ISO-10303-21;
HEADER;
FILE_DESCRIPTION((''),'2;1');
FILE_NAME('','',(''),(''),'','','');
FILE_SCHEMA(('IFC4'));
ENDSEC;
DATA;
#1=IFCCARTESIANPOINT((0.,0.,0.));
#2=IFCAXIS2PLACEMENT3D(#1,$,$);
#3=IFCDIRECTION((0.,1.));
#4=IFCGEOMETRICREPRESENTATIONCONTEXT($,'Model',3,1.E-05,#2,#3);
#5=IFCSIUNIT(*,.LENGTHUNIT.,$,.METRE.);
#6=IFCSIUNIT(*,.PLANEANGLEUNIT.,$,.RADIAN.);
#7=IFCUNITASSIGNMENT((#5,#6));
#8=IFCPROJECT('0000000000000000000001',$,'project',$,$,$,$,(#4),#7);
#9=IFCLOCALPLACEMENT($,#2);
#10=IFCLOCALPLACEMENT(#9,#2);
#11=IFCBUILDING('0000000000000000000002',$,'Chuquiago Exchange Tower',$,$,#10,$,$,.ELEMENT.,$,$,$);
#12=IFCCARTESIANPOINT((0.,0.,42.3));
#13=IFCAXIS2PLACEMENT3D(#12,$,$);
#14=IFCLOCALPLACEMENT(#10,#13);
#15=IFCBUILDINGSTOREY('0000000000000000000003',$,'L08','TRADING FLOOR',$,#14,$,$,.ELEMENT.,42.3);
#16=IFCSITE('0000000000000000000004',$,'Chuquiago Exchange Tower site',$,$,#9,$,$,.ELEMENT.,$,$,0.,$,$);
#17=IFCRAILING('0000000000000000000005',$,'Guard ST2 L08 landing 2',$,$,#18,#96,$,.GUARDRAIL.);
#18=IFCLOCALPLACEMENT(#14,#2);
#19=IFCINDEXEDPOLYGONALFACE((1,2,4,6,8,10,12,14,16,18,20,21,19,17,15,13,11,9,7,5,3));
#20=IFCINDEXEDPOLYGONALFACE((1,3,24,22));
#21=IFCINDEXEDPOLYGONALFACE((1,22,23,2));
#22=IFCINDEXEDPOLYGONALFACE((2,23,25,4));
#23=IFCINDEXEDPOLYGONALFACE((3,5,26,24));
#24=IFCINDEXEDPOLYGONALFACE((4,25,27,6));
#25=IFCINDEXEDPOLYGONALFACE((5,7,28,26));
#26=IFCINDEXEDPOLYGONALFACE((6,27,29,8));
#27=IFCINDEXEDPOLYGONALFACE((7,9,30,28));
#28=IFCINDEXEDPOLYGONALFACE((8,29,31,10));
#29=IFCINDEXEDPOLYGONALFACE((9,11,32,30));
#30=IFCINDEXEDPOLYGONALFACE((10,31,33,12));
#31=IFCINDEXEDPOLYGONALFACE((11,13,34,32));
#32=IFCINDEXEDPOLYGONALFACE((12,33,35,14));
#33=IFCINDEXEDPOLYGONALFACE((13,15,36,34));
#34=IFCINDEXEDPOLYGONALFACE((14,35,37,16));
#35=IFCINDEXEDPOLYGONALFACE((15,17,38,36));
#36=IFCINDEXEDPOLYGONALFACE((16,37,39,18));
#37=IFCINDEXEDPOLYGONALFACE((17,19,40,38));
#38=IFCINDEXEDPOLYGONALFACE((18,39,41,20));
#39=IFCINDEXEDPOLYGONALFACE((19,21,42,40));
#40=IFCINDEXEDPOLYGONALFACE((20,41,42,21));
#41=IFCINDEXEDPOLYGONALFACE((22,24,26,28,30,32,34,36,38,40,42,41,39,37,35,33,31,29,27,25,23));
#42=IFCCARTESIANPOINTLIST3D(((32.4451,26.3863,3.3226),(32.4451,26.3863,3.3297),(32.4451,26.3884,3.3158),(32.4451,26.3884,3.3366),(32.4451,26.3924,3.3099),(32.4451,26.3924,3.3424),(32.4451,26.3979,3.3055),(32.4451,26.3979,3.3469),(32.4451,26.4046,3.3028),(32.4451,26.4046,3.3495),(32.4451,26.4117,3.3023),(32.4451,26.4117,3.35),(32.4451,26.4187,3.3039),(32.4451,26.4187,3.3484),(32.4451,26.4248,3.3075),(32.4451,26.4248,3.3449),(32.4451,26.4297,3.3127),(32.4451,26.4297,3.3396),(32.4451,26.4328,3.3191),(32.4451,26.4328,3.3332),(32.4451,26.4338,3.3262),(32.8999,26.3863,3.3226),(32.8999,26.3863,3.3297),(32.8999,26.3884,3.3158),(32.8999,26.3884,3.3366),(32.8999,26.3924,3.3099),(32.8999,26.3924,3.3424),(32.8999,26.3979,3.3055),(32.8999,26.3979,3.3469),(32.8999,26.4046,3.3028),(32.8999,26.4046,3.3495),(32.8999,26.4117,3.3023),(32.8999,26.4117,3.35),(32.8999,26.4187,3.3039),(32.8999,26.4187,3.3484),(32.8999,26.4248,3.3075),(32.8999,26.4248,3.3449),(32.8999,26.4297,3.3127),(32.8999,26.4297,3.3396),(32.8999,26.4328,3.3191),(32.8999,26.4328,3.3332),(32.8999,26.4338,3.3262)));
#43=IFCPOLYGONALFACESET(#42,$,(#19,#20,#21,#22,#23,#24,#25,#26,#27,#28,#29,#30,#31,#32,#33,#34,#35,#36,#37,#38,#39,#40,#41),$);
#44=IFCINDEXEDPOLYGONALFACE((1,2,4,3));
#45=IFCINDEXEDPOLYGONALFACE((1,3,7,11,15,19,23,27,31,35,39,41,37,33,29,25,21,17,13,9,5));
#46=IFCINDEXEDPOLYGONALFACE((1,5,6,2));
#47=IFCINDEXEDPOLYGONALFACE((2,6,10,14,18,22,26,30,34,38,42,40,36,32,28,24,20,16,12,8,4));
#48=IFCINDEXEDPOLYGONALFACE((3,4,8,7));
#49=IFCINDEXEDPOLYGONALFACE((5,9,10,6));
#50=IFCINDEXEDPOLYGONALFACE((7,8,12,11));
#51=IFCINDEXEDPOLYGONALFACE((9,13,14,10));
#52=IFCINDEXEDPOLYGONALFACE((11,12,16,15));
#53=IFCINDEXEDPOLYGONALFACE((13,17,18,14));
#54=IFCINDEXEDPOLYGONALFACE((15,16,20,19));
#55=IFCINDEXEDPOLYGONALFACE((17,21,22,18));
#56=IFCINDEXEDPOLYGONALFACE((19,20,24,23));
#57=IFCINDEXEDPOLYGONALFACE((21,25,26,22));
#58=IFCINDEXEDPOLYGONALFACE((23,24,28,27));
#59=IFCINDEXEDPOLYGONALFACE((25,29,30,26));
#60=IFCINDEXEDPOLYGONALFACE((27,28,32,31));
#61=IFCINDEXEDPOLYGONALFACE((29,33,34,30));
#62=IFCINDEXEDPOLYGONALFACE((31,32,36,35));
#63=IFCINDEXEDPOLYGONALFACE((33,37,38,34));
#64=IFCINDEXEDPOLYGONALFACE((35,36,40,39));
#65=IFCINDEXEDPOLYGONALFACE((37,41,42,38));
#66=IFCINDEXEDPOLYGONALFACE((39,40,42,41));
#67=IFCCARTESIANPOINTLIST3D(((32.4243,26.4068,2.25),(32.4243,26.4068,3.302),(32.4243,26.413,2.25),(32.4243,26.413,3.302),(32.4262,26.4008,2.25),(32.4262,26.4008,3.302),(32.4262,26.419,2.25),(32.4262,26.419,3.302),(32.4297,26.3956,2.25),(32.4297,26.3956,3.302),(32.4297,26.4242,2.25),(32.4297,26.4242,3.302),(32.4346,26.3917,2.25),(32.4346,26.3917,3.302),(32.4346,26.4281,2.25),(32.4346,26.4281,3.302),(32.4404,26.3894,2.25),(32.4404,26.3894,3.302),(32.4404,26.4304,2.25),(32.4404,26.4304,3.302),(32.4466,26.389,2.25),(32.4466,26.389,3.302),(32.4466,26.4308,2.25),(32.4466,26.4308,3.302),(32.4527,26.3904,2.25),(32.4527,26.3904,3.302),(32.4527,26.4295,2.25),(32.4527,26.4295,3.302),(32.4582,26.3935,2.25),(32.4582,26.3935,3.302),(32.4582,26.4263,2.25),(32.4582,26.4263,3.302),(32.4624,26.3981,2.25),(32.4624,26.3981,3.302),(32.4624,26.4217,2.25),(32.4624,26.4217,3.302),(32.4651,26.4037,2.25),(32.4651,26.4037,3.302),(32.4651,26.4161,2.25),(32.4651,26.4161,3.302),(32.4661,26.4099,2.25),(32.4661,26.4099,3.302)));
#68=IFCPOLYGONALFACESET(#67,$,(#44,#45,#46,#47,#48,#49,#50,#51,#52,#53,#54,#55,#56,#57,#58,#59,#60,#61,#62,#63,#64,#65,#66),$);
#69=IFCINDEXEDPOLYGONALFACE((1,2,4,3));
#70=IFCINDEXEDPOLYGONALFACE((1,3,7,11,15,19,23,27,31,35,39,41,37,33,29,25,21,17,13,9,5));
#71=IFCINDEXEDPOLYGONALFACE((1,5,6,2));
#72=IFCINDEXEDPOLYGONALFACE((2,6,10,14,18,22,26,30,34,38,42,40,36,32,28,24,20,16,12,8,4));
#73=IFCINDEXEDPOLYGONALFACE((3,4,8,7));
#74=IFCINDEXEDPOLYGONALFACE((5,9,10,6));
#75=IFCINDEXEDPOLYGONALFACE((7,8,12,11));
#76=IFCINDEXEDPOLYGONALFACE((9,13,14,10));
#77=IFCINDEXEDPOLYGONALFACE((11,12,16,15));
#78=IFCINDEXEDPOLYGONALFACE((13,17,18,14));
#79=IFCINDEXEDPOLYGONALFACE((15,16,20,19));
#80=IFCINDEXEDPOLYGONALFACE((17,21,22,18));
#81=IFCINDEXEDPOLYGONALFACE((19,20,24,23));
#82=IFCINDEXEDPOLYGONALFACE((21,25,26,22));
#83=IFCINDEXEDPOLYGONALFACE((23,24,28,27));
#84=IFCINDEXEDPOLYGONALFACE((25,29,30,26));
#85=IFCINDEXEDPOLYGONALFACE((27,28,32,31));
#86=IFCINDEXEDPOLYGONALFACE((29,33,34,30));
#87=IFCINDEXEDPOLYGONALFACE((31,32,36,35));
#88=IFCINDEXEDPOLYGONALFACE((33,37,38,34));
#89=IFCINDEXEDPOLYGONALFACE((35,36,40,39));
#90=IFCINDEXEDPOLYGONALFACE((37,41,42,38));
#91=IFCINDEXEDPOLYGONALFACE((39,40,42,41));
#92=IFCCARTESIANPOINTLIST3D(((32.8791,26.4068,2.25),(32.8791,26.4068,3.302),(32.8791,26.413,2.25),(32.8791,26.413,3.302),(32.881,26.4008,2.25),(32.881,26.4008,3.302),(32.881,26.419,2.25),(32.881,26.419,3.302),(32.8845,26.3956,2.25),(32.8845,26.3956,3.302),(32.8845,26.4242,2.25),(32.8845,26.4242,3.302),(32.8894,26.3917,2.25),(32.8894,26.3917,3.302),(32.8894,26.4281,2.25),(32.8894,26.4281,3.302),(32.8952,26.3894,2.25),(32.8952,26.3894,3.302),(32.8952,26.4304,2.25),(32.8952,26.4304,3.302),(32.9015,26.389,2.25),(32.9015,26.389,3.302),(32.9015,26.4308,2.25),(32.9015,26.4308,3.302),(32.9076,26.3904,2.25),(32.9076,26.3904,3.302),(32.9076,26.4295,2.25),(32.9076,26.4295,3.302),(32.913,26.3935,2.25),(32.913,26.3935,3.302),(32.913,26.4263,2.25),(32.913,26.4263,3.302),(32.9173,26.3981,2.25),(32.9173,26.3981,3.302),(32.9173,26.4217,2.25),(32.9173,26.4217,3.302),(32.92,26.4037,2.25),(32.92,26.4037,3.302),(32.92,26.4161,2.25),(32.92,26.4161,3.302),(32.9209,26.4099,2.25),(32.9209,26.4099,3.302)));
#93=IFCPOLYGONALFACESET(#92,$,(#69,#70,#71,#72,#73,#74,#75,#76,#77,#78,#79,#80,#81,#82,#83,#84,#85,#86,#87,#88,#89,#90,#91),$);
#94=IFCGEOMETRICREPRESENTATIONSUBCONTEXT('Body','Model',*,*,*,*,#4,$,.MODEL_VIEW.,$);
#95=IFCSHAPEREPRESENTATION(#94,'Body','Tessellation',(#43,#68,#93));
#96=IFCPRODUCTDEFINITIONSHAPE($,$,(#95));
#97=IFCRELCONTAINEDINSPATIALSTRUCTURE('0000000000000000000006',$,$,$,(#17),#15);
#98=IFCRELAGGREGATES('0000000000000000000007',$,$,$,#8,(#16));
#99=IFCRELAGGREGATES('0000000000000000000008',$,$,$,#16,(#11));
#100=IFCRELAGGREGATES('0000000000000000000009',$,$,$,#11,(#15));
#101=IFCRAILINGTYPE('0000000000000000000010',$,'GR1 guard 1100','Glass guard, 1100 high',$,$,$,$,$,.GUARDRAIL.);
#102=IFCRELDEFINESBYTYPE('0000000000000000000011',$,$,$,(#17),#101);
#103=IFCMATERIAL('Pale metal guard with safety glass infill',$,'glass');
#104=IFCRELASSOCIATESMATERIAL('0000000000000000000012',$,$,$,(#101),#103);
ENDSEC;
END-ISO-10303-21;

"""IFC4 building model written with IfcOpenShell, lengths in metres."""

from ifc_helpers import new_model, si_unit, direction, frame, origin, origin_2d, place, context, subcontext, project, spatial, circle, extrude, material, type_object, element, save


model = new_model("IFC4")

# Units and contexts
model_context = context("Model", 3, precision=1e-05, world=origin(), true_north=direction((0.0, 1.0)))
body_context = subcontext(model_context, "Body", "Model", "MODEL_VIEW")
ifc_project = project(units=[si_unit("LENGTHUNIT", "METRE"), si_unit("PLANEANGLEUNIT", "RADIAN")], contexts=[model_context])

# Site, building, storey
site_placement = place(None, origin())
site = spatial("IfcSite", under=ifc_project, at=site_placement, Name="Chuquiago Exchange Tower site", CompositionType="ELEMENT", RefElevation=0.0)
building_placement = place(site_placement, origin())
building = spatial("IfcBuilding", under=site, at=building_placement, Name="Chuquiago Exchange Tower", CompositionType="ELEMENT")
storey_placement = place(building_placement, frame((0.0, 0.0, 42.3)))
storey = spatial("IfcBuildingStorey", under=building, at=storey_placement, Name="L08", Description="TRADING FLOOR", CompositionType="ELEMENT", Elevation=42.3)

# Railing
ifc_material_1 = material(Name="Pale metal guard with safety glass infill", Category="glass")
railing_type_1 = type_object("IfcRailingType", Name="GR1 guard 1100", Description="Glass guard, 1100 high", PredefinedType="GUARDRAIL", material=ifc_material_1)
for number, where, name in (
    (1, (32.4451, 26.4099, 2.25), "Guard ST2 L08 landing 2"),
):
    element("IfcRailing", number, at=place(storey_placement, frame(where)), inside=storey, type_object=railing_type_1, Name=name, PredefinedType="GUARDRAIL", context=body_context, shape_type="SweptSolid", body=[
        extrude(circle(Radius=0.0239, at=origin_2d()), frame((0.0, 0.0, 1.0762), z_axis=(1.0, 0.0, 0.0), x_axis=(0.0, 1.0, 0.0)), (0.0, 0.0, 1.0), 0.4548),
        extrude(circle(Radius=0.021, at=origin_2d()), origin(), (0.0, 0.0, 1.0), 1.052),
        extrude(circle(Radius=0.021, at=origin_2d()), frame((0.4548, 0.0, 0.0)), (0.0, 0.0, 1.0), 1.052),
    ])

save(model, "model.ifc")
